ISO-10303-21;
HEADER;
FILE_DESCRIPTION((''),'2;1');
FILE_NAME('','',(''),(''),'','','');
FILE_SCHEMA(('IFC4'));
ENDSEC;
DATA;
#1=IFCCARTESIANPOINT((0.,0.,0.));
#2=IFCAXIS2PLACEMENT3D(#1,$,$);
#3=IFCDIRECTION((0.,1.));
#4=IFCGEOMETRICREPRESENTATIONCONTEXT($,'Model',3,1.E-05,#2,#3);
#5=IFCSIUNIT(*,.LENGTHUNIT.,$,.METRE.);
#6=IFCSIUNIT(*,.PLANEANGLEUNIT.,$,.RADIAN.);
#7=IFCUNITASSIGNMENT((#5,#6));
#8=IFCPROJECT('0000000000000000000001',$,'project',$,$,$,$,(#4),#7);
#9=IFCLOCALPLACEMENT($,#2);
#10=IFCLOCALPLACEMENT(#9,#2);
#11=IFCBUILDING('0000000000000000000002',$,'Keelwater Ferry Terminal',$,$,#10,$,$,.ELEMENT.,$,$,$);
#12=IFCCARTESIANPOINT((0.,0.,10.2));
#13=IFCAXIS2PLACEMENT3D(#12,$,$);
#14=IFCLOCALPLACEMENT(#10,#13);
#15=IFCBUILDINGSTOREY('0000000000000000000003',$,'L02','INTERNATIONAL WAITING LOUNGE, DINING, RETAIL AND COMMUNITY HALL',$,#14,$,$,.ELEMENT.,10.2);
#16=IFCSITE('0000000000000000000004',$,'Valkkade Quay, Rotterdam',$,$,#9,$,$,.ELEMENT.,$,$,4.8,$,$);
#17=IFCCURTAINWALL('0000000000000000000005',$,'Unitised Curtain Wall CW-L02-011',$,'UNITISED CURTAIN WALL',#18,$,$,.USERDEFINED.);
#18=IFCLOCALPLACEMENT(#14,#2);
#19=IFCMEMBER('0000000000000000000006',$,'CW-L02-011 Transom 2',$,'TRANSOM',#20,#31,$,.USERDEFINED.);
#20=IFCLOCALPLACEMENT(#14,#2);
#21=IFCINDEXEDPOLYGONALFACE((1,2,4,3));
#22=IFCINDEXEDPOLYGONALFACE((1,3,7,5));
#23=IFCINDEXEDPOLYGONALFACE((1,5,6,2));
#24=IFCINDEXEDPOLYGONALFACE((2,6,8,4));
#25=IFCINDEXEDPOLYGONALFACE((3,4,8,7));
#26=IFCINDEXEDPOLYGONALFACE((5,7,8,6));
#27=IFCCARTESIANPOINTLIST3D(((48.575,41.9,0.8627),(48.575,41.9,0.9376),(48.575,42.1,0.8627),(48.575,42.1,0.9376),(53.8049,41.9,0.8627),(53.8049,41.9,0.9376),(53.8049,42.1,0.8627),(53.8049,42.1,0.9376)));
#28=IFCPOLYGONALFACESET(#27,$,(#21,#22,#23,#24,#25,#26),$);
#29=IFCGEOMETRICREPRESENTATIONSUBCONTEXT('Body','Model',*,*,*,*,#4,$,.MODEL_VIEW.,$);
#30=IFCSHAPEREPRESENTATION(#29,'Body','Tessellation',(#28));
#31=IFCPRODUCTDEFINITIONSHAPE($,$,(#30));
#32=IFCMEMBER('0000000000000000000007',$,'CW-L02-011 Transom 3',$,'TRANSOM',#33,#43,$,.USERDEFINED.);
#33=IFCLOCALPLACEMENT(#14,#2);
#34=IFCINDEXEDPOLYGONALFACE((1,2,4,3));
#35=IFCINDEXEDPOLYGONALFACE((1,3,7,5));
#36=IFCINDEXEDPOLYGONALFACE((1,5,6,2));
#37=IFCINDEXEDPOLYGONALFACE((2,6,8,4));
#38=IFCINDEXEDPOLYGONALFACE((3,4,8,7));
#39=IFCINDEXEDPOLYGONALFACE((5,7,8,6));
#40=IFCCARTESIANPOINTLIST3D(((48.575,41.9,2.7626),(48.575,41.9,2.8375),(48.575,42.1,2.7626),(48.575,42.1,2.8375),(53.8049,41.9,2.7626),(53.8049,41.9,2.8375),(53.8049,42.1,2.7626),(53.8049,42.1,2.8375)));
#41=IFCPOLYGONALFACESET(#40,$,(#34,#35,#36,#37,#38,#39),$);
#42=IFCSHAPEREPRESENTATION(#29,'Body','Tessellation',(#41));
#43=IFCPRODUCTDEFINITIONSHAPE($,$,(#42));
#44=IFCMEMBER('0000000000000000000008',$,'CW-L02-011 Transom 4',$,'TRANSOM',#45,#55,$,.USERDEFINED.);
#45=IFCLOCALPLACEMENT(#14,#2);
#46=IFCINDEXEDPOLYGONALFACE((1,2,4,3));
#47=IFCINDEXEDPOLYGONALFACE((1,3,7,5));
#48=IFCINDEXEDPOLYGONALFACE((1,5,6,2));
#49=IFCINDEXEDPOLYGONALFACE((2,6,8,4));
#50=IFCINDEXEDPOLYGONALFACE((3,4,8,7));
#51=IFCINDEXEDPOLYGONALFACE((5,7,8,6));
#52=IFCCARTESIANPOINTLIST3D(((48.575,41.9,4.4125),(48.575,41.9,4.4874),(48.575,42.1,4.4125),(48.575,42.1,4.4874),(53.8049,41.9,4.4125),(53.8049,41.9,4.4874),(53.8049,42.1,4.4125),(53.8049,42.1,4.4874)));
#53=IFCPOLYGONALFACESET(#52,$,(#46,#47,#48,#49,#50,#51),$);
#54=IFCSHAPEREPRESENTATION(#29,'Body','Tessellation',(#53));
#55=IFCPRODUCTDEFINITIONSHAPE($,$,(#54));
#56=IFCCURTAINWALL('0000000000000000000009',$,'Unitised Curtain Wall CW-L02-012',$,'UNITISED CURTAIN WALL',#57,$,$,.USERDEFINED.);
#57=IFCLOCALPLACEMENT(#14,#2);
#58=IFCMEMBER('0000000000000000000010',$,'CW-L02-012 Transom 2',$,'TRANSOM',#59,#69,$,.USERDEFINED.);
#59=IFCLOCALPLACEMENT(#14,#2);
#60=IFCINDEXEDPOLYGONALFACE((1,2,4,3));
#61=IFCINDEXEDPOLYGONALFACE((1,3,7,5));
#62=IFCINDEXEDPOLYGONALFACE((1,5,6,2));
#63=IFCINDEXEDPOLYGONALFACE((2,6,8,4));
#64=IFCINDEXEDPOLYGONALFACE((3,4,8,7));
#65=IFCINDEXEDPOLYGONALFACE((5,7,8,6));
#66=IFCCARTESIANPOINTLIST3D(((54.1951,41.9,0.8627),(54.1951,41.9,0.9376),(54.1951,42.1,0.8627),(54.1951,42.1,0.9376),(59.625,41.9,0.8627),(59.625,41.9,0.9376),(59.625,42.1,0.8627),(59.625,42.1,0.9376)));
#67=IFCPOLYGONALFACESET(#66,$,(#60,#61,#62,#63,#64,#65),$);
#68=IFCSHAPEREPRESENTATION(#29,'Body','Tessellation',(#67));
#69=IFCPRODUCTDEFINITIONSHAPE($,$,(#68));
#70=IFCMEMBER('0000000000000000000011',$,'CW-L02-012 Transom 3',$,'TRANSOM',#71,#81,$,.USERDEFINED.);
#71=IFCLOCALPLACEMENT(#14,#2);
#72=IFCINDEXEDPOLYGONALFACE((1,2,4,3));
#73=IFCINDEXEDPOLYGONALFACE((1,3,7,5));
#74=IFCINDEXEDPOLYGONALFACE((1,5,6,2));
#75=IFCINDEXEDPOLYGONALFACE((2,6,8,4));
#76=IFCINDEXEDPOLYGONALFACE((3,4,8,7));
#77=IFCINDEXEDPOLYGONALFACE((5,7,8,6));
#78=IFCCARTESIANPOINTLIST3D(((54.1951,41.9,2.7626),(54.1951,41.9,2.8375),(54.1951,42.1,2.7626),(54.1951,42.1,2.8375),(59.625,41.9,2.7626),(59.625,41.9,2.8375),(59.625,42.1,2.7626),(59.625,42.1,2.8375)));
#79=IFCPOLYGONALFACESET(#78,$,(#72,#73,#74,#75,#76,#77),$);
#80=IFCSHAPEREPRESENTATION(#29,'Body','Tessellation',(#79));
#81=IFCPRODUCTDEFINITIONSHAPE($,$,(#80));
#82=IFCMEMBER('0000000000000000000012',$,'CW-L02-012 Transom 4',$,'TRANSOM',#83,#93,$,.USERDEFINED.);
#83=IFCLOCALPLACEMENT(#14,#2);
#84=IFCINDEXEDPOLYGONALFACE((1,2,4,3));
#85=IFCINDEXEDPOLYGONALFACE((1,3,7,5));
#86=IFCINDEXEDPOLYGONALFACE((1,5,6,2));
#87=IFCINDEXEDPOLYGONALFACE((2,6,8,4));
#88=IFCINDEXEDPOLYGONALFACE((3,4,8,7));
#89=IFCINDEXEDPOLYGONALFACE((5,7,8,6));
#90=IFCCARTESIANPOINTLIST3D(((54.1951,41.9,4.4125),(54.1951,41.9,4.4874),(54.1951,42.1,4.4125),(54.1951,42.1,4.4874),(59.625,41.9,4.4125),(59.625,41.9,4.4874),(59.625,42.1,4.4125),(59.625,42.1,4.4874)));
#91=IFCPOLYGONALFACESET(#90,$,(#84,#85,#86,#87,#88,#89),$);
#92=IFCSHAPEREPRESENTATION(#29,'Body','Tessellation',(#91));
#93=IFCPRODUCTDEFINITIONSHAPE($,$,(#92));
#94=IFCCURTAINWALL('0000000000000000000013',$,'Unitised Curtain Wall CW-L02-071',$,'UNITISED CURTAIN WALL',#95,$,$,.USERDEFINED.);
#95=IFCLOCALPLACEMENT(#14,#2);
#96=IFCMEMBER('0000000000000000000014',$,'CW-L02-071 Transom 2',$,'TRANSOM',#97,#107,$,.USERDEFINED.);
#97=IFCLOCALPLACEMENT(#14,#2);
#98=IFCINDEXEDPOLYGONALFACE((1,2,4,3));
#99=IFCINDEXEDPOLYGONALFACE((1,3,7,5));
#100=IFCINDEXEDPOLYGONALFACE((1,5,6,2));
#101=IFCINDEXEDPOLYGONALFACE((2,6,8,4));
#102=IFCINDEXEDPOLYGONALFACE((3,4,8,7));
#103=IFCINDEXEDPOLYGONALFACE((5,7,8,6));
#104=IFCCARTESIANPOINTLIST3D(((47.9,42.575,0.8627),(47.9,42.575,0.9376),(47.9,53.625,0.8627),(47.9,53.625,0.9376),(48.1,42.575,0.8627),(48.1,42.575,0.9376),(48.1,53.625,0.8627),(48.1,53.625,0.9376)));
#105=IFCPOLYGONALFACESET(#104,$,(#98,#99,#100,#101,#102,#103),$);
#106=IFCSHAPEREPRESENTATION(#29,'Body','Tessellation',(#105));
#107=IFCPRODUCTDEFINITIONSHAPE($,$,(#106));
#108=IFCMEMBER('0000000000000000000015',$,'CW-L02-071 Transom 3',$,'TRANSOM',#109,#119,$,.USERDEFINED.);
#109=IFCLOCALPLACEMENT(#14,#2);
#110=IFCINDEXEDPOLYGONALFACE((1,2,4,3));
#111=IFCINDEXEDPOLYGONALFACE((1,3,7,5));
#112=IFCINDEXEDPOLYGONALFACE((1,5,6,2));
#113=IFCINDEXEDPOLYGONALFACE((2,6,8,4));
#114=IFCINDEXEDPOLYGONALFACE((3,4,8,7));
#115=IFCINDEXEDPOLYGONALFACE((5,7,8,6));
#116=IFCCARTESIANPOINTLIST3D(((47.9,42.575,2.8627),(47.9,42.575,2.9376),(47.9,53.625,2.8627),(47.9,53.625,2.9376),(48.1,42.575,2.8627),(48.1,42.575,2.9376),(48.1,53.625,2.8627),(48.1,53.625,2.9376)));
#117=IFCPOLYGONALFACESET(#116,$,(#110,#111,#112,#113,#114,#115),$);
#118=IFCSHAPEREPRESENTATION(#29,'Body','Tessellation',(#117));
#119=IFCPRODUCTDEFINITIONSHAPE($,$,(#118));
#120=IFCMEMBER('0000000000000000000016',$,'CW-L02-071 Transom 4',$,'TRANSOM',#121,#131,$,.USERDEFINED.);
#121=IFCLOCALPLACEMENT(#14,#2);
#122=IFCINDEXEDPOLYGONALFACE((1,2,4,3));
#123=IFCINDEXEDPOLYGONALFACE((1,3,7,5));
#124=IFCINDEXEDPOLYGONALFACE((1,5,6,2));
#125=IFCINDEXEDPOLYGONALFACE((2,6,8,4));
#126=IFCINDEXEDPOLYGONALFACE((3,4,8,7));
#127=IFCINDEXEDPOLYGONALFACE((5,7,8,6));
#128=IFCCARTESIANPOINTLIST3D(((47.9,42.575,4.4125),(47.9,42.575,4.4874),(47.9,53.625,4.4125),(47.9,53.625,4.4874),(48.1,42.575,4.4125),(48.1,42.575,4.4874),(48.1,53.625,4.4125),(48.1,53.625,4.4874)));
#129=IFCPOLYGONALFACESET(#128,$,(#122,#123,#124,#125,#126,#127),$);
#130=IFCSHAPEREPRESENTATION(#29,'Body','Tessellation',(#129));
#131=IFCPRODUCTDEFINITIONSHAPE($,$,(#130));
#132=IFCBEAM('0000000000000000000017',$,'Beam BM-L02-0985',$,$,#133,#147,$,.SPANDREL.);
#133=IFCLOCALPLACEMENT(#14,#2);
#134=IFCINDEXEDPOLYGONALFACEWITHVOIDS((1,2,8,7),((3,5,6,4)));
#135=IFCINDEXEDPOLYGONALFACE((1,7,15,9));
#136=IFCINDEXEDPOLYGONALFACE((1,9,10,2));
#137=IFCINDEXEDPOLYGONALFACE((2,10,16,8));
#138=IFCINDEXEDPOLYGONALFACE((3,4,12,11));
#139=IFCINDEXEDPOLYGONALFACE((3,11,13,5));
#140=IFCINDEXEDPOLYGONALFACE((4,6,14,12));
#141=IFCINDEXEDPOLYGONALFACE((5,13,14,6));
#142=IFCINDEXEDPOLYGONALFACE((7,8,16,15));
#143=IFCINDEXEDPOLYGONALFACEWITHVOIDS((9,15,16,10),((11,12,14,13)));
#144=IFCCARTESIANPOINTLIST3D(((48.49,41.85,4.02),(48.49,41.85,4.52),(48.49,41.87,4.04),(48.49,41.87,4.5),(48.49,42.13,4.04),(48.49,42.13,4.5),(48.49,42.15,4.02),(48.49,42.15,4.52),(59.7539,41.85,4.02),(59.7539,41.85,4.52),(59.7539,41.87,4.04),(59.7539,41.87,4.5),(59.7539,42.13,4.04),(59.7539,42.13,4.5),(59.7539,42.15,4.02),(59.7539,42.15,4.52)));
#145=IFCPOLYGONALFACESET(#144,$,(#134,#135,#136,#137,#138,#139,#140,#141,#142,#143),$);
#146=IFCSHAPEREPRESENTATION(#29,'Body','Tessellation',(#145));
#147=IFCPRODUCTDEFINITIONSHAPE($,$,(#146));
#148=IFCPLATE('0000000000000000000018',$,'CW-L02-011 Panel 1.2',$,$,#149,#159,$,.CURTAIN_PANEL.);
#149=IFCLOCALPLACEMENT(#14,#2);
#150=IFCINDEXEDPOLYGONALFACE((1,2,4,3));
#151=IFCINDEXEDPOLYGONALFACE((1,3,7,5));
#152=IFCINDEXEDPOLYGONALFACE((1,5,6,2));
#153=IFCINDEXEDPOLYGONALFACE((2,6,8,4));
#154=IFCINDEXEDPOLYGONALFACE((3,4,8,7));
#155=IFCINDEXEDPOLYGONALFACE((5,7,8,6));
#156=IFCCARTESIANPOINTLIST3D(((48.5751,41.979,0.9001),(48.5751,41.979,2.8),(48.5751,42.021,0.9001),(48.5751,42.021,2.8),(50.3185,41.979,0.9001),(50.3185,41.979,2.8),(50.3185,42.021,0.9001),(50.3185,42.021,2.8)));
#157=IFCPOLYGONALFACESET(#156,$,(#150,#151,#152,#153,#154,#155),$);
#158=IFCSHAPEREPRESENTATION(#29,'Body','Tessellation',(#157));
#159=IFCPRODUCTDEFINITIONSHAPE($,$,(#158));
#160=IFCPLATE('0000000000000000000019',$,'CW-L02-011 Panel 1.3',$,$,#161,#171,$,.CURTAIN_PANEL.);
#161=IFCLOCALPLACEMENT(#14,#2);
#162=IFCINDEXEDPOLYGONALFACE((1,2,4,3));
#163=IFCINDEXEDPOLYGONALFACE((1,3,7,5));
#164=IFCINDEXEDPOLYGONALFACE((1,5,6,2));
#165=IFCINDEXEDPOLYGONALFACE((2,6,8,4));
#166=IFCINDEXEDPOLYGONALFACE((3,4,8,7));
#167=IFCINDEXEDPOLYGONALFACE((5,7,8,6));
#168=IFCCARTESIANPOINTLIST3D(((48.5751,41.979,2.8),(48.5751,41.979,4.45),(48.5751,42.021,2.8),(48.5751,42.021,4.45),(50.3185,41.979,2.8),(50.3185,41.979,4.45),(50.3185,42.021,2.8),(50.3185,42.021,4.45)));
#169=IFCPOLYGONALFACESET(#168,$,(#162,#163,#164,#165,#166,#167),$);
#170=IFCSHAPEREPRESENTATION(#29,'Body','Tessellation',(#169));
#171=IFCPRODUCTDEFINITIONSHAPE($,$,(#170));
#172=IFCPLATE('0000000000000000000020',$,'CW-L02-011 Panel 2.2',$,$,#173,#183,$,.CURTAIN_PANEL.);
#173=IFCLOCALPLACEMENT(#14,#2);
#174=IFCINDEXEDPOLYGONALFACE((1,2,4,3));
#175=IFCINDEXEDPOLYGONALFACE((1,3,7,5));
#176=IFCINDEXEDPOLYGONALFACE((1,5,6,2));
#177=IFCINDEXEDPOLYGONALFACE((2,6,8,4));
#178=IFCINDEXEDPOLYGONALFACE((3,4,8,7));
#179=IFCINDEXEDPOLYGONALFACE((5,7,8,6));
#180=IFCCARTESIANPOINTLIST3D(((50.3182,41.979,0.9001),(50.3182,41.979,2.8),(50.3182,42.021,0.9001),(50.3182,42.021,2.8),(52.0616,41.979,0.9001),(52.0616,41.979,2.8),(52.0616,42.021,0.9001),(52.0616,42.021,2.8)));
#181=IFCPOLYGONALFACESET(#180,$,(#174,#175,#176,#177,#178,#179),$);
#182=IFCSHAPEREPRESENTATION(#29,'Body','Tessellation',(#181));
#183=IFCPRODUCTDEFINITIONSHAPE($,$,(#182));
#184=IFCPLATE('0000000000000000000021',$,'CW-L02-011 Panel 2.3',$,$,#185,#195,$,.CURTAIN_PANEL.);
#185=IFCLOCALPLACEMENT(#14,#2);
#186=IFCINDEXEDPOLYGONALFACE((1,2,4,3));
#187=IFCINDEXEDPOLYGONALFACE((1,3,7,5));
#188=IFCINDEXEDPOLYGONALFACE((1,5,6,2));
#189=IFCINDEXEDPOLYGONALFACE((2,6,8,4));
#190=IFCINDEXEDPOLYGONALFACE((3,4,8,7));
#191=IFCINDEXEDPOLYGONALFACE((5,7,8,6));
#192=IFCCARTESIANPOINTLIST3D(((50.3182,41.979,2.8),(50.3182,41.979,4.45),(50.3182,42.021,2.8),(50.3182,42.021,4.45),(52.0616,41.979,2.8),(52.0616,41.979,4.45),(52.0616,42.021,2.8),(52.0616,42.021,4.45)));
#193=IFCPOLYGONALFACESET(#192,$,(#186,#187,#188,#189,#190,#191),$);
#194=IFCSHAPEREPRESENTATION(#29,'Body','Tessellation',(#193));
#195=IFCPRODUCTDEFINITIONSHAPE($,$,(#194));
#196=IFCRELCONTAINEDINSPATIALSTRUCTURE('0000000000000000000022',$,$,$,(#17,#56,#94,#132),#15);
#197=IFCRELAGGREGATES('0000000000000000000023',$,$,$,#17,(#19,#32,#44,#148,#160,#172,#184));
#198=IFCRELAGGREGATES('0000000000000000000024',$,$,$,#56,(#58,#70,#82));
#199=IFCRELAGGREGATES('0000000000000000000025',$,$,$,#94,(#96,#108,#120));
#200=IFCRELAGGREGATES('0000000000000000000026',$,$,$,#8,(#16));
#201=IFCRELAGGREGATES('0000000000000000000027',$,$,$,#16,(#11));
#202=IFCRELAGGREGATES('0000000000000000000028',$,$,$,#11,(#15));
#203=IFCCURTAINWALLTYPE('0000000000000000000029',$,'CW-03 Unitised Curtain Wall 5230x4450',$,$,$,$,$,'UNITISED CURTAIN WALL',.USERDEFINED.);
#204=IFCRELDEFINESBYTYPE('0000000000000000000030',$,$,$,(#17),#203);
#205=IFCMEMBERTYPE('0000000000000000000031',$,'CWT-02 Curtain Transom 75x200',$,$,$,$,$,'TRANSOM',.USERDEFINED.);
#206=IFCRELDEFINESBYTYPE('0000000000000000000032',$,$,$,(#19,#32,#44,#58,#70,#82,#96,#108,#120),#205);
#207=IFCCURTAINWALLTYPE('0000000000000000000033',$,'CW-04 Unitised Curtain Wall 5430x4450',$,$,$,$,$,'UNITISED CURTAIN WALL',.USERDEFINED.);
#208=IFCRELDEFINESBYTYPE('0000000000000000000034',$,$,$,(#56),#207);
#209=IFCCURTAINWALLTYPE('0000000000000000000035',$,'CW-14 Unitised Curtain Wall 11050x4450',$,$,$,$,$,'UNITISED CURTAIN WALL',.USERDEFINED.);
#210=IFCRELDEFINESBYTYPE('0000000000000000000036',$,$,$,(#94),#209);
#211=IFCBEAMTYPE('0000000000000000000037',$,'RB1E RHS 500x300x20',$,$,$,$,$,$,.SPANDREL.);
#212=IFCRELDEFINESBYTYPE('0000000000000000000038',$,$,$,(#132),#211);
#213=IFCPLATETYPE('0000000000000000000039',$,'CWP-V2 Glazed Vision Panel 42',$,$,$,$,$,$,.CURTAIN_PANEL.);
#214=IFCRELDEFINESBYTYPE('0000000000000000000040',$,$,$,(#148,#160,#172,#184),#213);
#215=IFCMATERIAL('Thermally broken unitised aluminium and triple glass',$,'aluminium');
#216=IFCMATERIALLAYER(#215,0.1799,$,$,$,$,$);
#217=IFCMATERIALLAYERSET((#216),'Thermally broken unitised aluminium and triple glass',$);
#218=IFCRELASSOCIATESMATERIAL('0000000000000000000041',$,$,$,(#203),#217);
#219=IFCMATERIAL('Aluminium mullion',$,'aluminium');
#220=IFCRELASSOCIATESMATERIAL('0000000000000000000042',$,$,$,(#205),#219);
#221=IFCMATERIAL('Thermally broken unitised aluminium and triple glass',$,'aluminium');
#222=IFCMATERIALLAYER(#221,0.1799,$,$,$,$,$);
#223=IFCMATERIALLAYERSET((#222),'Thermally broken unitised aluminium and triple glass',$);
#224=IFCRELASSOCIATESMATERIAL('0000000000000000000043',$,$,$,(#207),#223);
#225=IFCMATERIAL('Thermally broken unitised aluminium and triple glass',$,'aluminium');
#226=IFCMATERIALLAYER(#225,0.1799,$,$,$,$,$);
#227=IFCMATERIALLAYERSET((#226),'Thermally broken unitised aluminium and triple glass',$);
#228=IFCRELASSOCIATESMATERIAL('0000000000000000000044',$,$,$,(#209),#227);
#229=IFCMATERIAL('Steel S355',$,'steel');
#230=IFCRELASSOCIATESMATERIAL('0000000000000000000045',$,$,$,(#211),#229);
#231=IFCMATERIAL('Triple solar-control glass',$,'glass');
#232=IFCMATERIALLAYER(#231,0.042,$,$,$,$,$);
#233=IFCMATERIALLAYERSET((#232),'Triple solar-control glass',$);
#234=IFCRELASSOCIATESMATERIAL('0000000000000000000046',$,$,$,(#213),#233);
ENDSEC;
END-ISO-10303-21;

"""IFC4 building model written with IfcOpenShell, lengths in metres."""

from ifc_helpers import new_model, si_unit, direction, frame, origin, origin_2d, place, context, subcontext, project, spatial, rectangle, hollow_rectangle, extrude, material, layer, layer_set, material_profile, profile_set, type_object, element, aggregate, save


model = new_model("IFC4")

# Units and contexts
model_context = context("Model", 3, precision=1e-05, world=origin(), true_north=direction((0.0, 1.0)))
body_context = subcontext(model_context, "Body", "Model", "MODEL_VIEW")
ifc_project = project(units=[si_unit("LENGTHUNIT", "METRE"), si_unit("PLANEANGLEUNIT", "RADIAN")], contexts=[model_context])

# Site, building, storey
site_placement = place(None, origin())
site = spatial("IfcSite", under=ifc_project, at=site_placement, Name="Valkkade Quay, Rotterdam", CompositionType="ELEMENT", RefElevation=4.8)
building_placement = place(site_placement, origin())
building = spatial("IfcBuilding", under=site, at=building_placement, Name="Keelwater Ferry Terminal", CompositionType="ELEMENT")
storey_placement = place(building_placement, frame((0.0, 0.0, 10.2)))
storey = spatial("IfcBuildingStorey", under=building, at=storey_placement, Name="L02", Description="INTERNATIONAL WAITING LOUNGE, DINING, RETAIL AND COMMUNITY HALL", CompositionType="ELEMENT", Elevation=10.2)

# Curtain walls, members
ifc_material_1 = material(Name="Thermally broken unitised aluminium and triple glass", Category="aluminium")
ifc_layer_1 = layer(ifc_material_1, 0.1799)
ifc_layer_set_1 = layer_set([ifc_layer_1], Name="Thermally broken unitised aluminium and triple glass")
curtain_wall_type_1 = type_object("IfcCurtainWallType", Name="CW-03 Unitised Curtain Wall 5230x4450", ElementType="UNITISED CURTAIN WALL", PredefinedType="USERDEFINED", material=ifc_layer_set_1)
curtain_wall_1_placement = place(storey_placement, origin())
curtain_wall_1 = element("IfcCurtainWall", 1, at=curtain_wall_1_placement, inside=storey, type_object=curtain_wall_type_1, Name="Unitised Curtain Wall CW-L02-011", ObjectType="UNITISED CURTAIN WALL", PredefinedType="USERDEFINED")
ifc_material_2 = material(Name="Aluminium mullion", Category="aluminium")
ifc_material_profile_1 = material_profile(ifc_material_2, rectangle(XDim=0.2, YDim=0.075, at=origin_2d()), Name="CWT-02")
ifc_profile_set_1 = profile_set([ifc_material_profile_1], Name="Aluminium mullion")
member_type = type_object("IfcMemberType", Name="CWT-02 Curtain Transom 75x200", ElementType="TRANSOM", PredefinedType="USERDEFINED", material=ifc_profile_set_1)
member_1_placement = place(storey_placement, frame((48.575, 42.0, 0.9001), z_axis=(1.0, 0.0, 0.0), x_axis=(0.0, 1.0, 0.0)))
member_1 = element("IfcMember", 2, at=member_1_placement, type_object=member_type, Name="CW-L02-011 Transom 2", ObjectType="TRANSOM", PredefinedType="USERDEFINED", context=body_context, shape_type="SweptSolid", body=[
    extrude(rectangle(XDim=0.2, YDim=0.075, at=origin_2d()), origin(), (0.0, 0.0, 1.0), 5.23),
])
member_2_placement = place(storey_placement, frame((48.575, 42.0, 2.8), z_axis=(1.0, 0.0, 0.0), x_axis=(0.0, 1.0, 0.0)))
member_2 = element("IfcMember", 3, at=member_2_placement, type_object=member_type, Name="CW-L02-011 Transom 3", ObjectType="TRANSOM", PredefinedType="USERDEFINED", context=body_context, shape_type="SweptSolid", body=[
    extrude(rectangle(XDim=0.2, YDim=0.075, at=origin_2d()), origin(), (0.0, 0.0, 1.0), 5.23),
])
member_3_placement = place(storey_placement, frame((48.575, 42.0, 4.45), z_axis=(1.0, 0.0, 0.0), x_axis=(0.0, 1.0, 0.0)))
member_3 = element("IfcMember", 4, at=member_3_placement, type_object=member_type, Name="CW-L02-011 Transom 4", ObjectType="TRANSOM", PredefinedType="USERDEFINED", context=body_context, shape_type="SweptSolid", body=[
    extrude(rectangle(XDim=0.2, YDim=0.075, at=origin_2d()), origin(), (0.0, 0.0, 1.0), 5.23),
])
ifc_material_3 = material(Name="Thermally broken unitised aluminium and triple glass", Category="aluminium")
ifc_layer_2 = layer(ifc_material_3, 0.1799)
ifc_layer_set_2 = layer_set([ifc_layer_2], Name="Thermally broken unitised aluminium and triple glass")
curtain_wall_type_2 = type_object("IfcCurtainWallType", Name="CW-04 Unitised Curtain Wall 5430x4450", ElementType="UNITISED CURTAIN WALL", PredefinedType="USERDEFINED", material=ifc_layer_set_2)
curtain_wall_2_placement = place(storey_placement, origin())
curtain_wall_2 = element("IfcCurtainWall", 5, at=curtain_wall_2_placement, inside=storey, type_object=curtain_wall_type_2, Name="Unitised Curtain Wall CW-L02-012", ObjectType="UNITISED CURTAIN WALL", PredefinedType="USERDEFINED")
member_4_placement = place(storey_placement, frame((54.1951, 42.0, 0.9001), z_axis=(1.0, 0.0, 0.0), x_axis=(0.0, 1.0, 0.0)))
member_4 = element("IfcMember", 6, at=member_4_placement, type_object=member_type, Name="CW-L02-012 Transom 2", ObjectType="TRANSOM", PredefinedType="USERDEFINED", context=body_context, shape_type="SweptSolid", body=[
    extrude(rectangle(XDim=0.2, YDim=0.075, at=origin_2d()), origin(), (0.0, 0.0, 1.0), 5.4299),
])
member_5_placement = place(storey_placement, frame((54.1951, 42.0, 2.8), z_axis=(1.0, 0.0, 0.0), x_axis=(0.0, 1.0, 0.0)))
member_5 = element("IfcMember", 7, at=member_5_placement, type_object=member_type, Name="CW-L02-012 Transom 3", ObjectType="TRANSOM", PredefinedType="USERDEFINED", context=body_context, shape_type="SweptSolid", body=[
    extrude(rectangle(XDim=0.2, YDim=0.075, at=origin_2d()), origin(), (0.0, 0.0, 1.0), 5.4299),
])
member_6_placement = place(storey_placement, frame((54.1951, 42.0, 4.45), z_axis=(1.0, 0.0, 0.0), x_axis=(0.0, 1.0, 0.0)))
member_6 = element("IfcMember", 8, at=member_6_placement, type_object=member_type, Name="CW-L02-012 Transom 4", ObjectType="TRANSOM", PredefinedType="USERDEFINED", context=body_context, shape_type="SweptSolid", body=[
    extrude(rectangle(XDim=0.2, YDim=0.075, at=origin_2d()), origin(), (0.0, 0.0, 1.0), 5.4299),
])
ifc_material_4 = material(Name="Thermally broken unitised aluminium and triple glass", Category="aluminium")
ifc_layer_3 = layer(ifc_material_4, 0.1799)
ifc_layer_set_3 = layer_set([ifc_layer_3], Name="Thermally broken unitised aluminium and triple glass")
curtain_wall_type_3 = type_object("IfcCurtainWallType", Name="CW-14 Unitised Curtain Wall 11050x4450", ElementType="UNITISED CURTAIN WALL", PredefinedType="USERDEFINED", material=ifc_layer_set_3)
curtain_wall_3_placement = place(storey_placement, origin())
curtain_wall_3 = element("IfcCurtainWall", 9, at=curtain_wall_3_placement, inside=storey, type_object=curtain_wall_type_3, Name="Unitised Curtain Wall CW-L02-071", ObjectType="UNITISED CURTAIN WALL", PredefinedType="USERDEFINED")
member_7_placement = place(storey_placement, frame((48.0, 42.575, 0.9001), z_axis=(0.0, 1.0, 0.0), x_axis=(-1.0, 0.0, 0.0)))
member_7 = element("IfcMember", 10, at=member_7_placement, type_object=member_type, Name="CW-L02-071 Transom 2", ObjectType="TRANSOM", PredefinedType="USERDEFINED", context=body_context, shape_type="SweptSolid", body=[
    extrude(rectangle(XDim=0.2, YDim=0.075, at=origin_2d()), origin(), (0.0, 0.0, 1.0), 11.05),
])
member_8_placement = place(storey_placement, frame((48.0, 42.575, 2.9001), z_axis=(0.0, 1.0, 0.0), x_axis=(-1.0, 0.0, 0.0)))
member_8 = element("IfcMember", 11, at=member_8_placement, type_object=member_type, Name="CW-L02-071 Transom 3", ObjectType="TRANSOM", PredefinedType="USERDEFINED", context=body_context, shape_type="SweptSolid", body=[
    extrude(rectangle(XDim=0.2, YDim=0.075, at=origin_2d()), origin(), (0.0, 0.0, 1.0), 11.05),
])
member_9_placement = place(storey_placement, frame((48.0, 42.575, 4.45), z_axis=(0.0, 1.0, 0.0), x_axis=(-1.0, 0.0, 0.0)))
member_9 = element("IfcMember", 12, at=member_9_placement, type_object=member_type, Name="CW-L02-071 Transom 4", ObjectType="TRANSOM", PredefinedType="USERDEFINED", context=body_context, shape_type="SweptSolid", body=[
    extrude(rectangle(XDim=0.2, YDim=0.075, at=origin_2d()), origin(), (0.0, 0.0, 1.0), 11.05),
])

# Beam
ifc_material_5 = material(Name="Steel S355", Category="steel")
ifc_material_profile_2 = material_profile(ifc_material_5, hollow_rectangle(XDim=0.3, YDim=0.5, WallThickness=0.02, at=origin_2d()), Name="RHS 500x300x20")
ifc_profile_set_2 = profile_set([ifc_material_profile_2], Name="Steel S355")
beam_type = type_object("IfcBeamType", Name="RB1E RHS 500x300x20", PredefinedType="SPANDREL", material=ifc_profile_set_2)
beam_placement = place(storey_placement, frame((48.49, 42.0, 4.27), z_axis=(1.0, 0.0, 0.0), x_axis=(0.0, 1.0, 0.0)))
element("IfcBeam", 13, at=beam_placement, inside=storey, type_object=beam_type, Name="Beam BM-L02-0985", PredefinedType="SPANDREL", context=body_context, shape_type="SweptSolid", body=[
    extrude(hollow_rectangle(XDim=0.3, YDim=0.5, WallThickness=0.02, at=origin_2d()), origin(), (0.0, 0.0, 1.0), 11.2639),
])

# Plates
ifc_material_6 = material(Name="Triple solar-control glass", Category="glass")
ifc_layer_4 = layer(ifc_material_6, 0.042)
ifc_layer_set_4 = layer_set([ifc_layer_4], Name="Triple solar-control glass")
plate_type = type_object("IfcPlateType", Name="CWP-V2 Glazed Vision Panel 42", PredefinedType="CURTAIN_PANEL", material=ifc_layer_set_4)
plate_1_placement = place(storey_placement, frame((49.4468, 42.0, 0.9001), z_axis=(0.0, 0.0, 1.0), x_axis=(1.0, 0.0, 0.0)))
plate_1 = element("IfcPlate", 14, at=plate_1_placement, type_object=plate_type, Name="CW-L02-011 Panel 1.2", PredefinedType="CURTAIN_PANEL", context=body_context, shape_type="SweptSolid", body=[
    extrude(rectangle(XDim=1.7434, YDim=0.042, at=origin_2d()), origin(), (0.0, 0.0, 1.0), 1.8999),
])
plate_2_placement = place(storey_placement, frame((49.4468, 42.0, 2.8), z_axis=(0.0, 0.0, 1.0), x_axis=(1.0, 0.0, 0.0)))
plate_2 = element("IfcPlate", 15, at=plate_2_placement, type_object=plate_type, Name="CW-L02-011 Panel 1.3", PredefinedType="CURTAIN_PANEL", context=body_context, shape_type="SweptSolid", body=[
    extrude(rectangle(XDim=1.7434, YDim=0.042, at=origin_2d()), origin(), (0.0, 0.0, 1.0), 1.6499),
])
plate_3_placement = place(storey_placement, frame((51.1899, 42.0, 0.9001), z_axis=(0.0, 0.0, 1.0), x_axis=(1.0, 0.0, 0.0)))
plate_3 = element("IfcPlate", 16, at=plate_3_placement, type_object=plate_type, Name="CW-L02-011 Panel 2.2", PredefinedType="CURTAIN_PANEL", context=body_context, shape_type="SweptSolid", body=[
    extrude(rectangle(XDim=1.7434, YDim=0.042, at=origin_2d()), origin(), (0.0, 0.0, 1.0), 1.8999),
])
plate_4_placement = place(storey_placement, frame((51.1899, 42.0, 2.8), z_axis=(0.0, 0.0, 1.0), x_axis=(1.0, 0.0, 0.0)))
plate_4 = element("IfcPlate", 17, at=plate_4_placement, type_object=plate_type, Name="CW-L02-011 Panel 2.3", PredefinedType="CURTAIN_PANEL", context=body_context, shape_type="SweptSolid", body=[
    extrude(rectangle(XDim=1.7434, YDim=0.042, at=origin_2d()), origin(), (0.0, 0.0, 1.0), 1.6499),
])
aggregate(curtain_wall_1, [member_1, member_2, member_3, plate_1, plate_2, plate_3, plate_4])
aggregate(curtain_wall_2, [member_4, member_5, member_6])
aggregate(curtain_wall_3, [member_7, member_8, member_9])

save(model, "model.ifc")
